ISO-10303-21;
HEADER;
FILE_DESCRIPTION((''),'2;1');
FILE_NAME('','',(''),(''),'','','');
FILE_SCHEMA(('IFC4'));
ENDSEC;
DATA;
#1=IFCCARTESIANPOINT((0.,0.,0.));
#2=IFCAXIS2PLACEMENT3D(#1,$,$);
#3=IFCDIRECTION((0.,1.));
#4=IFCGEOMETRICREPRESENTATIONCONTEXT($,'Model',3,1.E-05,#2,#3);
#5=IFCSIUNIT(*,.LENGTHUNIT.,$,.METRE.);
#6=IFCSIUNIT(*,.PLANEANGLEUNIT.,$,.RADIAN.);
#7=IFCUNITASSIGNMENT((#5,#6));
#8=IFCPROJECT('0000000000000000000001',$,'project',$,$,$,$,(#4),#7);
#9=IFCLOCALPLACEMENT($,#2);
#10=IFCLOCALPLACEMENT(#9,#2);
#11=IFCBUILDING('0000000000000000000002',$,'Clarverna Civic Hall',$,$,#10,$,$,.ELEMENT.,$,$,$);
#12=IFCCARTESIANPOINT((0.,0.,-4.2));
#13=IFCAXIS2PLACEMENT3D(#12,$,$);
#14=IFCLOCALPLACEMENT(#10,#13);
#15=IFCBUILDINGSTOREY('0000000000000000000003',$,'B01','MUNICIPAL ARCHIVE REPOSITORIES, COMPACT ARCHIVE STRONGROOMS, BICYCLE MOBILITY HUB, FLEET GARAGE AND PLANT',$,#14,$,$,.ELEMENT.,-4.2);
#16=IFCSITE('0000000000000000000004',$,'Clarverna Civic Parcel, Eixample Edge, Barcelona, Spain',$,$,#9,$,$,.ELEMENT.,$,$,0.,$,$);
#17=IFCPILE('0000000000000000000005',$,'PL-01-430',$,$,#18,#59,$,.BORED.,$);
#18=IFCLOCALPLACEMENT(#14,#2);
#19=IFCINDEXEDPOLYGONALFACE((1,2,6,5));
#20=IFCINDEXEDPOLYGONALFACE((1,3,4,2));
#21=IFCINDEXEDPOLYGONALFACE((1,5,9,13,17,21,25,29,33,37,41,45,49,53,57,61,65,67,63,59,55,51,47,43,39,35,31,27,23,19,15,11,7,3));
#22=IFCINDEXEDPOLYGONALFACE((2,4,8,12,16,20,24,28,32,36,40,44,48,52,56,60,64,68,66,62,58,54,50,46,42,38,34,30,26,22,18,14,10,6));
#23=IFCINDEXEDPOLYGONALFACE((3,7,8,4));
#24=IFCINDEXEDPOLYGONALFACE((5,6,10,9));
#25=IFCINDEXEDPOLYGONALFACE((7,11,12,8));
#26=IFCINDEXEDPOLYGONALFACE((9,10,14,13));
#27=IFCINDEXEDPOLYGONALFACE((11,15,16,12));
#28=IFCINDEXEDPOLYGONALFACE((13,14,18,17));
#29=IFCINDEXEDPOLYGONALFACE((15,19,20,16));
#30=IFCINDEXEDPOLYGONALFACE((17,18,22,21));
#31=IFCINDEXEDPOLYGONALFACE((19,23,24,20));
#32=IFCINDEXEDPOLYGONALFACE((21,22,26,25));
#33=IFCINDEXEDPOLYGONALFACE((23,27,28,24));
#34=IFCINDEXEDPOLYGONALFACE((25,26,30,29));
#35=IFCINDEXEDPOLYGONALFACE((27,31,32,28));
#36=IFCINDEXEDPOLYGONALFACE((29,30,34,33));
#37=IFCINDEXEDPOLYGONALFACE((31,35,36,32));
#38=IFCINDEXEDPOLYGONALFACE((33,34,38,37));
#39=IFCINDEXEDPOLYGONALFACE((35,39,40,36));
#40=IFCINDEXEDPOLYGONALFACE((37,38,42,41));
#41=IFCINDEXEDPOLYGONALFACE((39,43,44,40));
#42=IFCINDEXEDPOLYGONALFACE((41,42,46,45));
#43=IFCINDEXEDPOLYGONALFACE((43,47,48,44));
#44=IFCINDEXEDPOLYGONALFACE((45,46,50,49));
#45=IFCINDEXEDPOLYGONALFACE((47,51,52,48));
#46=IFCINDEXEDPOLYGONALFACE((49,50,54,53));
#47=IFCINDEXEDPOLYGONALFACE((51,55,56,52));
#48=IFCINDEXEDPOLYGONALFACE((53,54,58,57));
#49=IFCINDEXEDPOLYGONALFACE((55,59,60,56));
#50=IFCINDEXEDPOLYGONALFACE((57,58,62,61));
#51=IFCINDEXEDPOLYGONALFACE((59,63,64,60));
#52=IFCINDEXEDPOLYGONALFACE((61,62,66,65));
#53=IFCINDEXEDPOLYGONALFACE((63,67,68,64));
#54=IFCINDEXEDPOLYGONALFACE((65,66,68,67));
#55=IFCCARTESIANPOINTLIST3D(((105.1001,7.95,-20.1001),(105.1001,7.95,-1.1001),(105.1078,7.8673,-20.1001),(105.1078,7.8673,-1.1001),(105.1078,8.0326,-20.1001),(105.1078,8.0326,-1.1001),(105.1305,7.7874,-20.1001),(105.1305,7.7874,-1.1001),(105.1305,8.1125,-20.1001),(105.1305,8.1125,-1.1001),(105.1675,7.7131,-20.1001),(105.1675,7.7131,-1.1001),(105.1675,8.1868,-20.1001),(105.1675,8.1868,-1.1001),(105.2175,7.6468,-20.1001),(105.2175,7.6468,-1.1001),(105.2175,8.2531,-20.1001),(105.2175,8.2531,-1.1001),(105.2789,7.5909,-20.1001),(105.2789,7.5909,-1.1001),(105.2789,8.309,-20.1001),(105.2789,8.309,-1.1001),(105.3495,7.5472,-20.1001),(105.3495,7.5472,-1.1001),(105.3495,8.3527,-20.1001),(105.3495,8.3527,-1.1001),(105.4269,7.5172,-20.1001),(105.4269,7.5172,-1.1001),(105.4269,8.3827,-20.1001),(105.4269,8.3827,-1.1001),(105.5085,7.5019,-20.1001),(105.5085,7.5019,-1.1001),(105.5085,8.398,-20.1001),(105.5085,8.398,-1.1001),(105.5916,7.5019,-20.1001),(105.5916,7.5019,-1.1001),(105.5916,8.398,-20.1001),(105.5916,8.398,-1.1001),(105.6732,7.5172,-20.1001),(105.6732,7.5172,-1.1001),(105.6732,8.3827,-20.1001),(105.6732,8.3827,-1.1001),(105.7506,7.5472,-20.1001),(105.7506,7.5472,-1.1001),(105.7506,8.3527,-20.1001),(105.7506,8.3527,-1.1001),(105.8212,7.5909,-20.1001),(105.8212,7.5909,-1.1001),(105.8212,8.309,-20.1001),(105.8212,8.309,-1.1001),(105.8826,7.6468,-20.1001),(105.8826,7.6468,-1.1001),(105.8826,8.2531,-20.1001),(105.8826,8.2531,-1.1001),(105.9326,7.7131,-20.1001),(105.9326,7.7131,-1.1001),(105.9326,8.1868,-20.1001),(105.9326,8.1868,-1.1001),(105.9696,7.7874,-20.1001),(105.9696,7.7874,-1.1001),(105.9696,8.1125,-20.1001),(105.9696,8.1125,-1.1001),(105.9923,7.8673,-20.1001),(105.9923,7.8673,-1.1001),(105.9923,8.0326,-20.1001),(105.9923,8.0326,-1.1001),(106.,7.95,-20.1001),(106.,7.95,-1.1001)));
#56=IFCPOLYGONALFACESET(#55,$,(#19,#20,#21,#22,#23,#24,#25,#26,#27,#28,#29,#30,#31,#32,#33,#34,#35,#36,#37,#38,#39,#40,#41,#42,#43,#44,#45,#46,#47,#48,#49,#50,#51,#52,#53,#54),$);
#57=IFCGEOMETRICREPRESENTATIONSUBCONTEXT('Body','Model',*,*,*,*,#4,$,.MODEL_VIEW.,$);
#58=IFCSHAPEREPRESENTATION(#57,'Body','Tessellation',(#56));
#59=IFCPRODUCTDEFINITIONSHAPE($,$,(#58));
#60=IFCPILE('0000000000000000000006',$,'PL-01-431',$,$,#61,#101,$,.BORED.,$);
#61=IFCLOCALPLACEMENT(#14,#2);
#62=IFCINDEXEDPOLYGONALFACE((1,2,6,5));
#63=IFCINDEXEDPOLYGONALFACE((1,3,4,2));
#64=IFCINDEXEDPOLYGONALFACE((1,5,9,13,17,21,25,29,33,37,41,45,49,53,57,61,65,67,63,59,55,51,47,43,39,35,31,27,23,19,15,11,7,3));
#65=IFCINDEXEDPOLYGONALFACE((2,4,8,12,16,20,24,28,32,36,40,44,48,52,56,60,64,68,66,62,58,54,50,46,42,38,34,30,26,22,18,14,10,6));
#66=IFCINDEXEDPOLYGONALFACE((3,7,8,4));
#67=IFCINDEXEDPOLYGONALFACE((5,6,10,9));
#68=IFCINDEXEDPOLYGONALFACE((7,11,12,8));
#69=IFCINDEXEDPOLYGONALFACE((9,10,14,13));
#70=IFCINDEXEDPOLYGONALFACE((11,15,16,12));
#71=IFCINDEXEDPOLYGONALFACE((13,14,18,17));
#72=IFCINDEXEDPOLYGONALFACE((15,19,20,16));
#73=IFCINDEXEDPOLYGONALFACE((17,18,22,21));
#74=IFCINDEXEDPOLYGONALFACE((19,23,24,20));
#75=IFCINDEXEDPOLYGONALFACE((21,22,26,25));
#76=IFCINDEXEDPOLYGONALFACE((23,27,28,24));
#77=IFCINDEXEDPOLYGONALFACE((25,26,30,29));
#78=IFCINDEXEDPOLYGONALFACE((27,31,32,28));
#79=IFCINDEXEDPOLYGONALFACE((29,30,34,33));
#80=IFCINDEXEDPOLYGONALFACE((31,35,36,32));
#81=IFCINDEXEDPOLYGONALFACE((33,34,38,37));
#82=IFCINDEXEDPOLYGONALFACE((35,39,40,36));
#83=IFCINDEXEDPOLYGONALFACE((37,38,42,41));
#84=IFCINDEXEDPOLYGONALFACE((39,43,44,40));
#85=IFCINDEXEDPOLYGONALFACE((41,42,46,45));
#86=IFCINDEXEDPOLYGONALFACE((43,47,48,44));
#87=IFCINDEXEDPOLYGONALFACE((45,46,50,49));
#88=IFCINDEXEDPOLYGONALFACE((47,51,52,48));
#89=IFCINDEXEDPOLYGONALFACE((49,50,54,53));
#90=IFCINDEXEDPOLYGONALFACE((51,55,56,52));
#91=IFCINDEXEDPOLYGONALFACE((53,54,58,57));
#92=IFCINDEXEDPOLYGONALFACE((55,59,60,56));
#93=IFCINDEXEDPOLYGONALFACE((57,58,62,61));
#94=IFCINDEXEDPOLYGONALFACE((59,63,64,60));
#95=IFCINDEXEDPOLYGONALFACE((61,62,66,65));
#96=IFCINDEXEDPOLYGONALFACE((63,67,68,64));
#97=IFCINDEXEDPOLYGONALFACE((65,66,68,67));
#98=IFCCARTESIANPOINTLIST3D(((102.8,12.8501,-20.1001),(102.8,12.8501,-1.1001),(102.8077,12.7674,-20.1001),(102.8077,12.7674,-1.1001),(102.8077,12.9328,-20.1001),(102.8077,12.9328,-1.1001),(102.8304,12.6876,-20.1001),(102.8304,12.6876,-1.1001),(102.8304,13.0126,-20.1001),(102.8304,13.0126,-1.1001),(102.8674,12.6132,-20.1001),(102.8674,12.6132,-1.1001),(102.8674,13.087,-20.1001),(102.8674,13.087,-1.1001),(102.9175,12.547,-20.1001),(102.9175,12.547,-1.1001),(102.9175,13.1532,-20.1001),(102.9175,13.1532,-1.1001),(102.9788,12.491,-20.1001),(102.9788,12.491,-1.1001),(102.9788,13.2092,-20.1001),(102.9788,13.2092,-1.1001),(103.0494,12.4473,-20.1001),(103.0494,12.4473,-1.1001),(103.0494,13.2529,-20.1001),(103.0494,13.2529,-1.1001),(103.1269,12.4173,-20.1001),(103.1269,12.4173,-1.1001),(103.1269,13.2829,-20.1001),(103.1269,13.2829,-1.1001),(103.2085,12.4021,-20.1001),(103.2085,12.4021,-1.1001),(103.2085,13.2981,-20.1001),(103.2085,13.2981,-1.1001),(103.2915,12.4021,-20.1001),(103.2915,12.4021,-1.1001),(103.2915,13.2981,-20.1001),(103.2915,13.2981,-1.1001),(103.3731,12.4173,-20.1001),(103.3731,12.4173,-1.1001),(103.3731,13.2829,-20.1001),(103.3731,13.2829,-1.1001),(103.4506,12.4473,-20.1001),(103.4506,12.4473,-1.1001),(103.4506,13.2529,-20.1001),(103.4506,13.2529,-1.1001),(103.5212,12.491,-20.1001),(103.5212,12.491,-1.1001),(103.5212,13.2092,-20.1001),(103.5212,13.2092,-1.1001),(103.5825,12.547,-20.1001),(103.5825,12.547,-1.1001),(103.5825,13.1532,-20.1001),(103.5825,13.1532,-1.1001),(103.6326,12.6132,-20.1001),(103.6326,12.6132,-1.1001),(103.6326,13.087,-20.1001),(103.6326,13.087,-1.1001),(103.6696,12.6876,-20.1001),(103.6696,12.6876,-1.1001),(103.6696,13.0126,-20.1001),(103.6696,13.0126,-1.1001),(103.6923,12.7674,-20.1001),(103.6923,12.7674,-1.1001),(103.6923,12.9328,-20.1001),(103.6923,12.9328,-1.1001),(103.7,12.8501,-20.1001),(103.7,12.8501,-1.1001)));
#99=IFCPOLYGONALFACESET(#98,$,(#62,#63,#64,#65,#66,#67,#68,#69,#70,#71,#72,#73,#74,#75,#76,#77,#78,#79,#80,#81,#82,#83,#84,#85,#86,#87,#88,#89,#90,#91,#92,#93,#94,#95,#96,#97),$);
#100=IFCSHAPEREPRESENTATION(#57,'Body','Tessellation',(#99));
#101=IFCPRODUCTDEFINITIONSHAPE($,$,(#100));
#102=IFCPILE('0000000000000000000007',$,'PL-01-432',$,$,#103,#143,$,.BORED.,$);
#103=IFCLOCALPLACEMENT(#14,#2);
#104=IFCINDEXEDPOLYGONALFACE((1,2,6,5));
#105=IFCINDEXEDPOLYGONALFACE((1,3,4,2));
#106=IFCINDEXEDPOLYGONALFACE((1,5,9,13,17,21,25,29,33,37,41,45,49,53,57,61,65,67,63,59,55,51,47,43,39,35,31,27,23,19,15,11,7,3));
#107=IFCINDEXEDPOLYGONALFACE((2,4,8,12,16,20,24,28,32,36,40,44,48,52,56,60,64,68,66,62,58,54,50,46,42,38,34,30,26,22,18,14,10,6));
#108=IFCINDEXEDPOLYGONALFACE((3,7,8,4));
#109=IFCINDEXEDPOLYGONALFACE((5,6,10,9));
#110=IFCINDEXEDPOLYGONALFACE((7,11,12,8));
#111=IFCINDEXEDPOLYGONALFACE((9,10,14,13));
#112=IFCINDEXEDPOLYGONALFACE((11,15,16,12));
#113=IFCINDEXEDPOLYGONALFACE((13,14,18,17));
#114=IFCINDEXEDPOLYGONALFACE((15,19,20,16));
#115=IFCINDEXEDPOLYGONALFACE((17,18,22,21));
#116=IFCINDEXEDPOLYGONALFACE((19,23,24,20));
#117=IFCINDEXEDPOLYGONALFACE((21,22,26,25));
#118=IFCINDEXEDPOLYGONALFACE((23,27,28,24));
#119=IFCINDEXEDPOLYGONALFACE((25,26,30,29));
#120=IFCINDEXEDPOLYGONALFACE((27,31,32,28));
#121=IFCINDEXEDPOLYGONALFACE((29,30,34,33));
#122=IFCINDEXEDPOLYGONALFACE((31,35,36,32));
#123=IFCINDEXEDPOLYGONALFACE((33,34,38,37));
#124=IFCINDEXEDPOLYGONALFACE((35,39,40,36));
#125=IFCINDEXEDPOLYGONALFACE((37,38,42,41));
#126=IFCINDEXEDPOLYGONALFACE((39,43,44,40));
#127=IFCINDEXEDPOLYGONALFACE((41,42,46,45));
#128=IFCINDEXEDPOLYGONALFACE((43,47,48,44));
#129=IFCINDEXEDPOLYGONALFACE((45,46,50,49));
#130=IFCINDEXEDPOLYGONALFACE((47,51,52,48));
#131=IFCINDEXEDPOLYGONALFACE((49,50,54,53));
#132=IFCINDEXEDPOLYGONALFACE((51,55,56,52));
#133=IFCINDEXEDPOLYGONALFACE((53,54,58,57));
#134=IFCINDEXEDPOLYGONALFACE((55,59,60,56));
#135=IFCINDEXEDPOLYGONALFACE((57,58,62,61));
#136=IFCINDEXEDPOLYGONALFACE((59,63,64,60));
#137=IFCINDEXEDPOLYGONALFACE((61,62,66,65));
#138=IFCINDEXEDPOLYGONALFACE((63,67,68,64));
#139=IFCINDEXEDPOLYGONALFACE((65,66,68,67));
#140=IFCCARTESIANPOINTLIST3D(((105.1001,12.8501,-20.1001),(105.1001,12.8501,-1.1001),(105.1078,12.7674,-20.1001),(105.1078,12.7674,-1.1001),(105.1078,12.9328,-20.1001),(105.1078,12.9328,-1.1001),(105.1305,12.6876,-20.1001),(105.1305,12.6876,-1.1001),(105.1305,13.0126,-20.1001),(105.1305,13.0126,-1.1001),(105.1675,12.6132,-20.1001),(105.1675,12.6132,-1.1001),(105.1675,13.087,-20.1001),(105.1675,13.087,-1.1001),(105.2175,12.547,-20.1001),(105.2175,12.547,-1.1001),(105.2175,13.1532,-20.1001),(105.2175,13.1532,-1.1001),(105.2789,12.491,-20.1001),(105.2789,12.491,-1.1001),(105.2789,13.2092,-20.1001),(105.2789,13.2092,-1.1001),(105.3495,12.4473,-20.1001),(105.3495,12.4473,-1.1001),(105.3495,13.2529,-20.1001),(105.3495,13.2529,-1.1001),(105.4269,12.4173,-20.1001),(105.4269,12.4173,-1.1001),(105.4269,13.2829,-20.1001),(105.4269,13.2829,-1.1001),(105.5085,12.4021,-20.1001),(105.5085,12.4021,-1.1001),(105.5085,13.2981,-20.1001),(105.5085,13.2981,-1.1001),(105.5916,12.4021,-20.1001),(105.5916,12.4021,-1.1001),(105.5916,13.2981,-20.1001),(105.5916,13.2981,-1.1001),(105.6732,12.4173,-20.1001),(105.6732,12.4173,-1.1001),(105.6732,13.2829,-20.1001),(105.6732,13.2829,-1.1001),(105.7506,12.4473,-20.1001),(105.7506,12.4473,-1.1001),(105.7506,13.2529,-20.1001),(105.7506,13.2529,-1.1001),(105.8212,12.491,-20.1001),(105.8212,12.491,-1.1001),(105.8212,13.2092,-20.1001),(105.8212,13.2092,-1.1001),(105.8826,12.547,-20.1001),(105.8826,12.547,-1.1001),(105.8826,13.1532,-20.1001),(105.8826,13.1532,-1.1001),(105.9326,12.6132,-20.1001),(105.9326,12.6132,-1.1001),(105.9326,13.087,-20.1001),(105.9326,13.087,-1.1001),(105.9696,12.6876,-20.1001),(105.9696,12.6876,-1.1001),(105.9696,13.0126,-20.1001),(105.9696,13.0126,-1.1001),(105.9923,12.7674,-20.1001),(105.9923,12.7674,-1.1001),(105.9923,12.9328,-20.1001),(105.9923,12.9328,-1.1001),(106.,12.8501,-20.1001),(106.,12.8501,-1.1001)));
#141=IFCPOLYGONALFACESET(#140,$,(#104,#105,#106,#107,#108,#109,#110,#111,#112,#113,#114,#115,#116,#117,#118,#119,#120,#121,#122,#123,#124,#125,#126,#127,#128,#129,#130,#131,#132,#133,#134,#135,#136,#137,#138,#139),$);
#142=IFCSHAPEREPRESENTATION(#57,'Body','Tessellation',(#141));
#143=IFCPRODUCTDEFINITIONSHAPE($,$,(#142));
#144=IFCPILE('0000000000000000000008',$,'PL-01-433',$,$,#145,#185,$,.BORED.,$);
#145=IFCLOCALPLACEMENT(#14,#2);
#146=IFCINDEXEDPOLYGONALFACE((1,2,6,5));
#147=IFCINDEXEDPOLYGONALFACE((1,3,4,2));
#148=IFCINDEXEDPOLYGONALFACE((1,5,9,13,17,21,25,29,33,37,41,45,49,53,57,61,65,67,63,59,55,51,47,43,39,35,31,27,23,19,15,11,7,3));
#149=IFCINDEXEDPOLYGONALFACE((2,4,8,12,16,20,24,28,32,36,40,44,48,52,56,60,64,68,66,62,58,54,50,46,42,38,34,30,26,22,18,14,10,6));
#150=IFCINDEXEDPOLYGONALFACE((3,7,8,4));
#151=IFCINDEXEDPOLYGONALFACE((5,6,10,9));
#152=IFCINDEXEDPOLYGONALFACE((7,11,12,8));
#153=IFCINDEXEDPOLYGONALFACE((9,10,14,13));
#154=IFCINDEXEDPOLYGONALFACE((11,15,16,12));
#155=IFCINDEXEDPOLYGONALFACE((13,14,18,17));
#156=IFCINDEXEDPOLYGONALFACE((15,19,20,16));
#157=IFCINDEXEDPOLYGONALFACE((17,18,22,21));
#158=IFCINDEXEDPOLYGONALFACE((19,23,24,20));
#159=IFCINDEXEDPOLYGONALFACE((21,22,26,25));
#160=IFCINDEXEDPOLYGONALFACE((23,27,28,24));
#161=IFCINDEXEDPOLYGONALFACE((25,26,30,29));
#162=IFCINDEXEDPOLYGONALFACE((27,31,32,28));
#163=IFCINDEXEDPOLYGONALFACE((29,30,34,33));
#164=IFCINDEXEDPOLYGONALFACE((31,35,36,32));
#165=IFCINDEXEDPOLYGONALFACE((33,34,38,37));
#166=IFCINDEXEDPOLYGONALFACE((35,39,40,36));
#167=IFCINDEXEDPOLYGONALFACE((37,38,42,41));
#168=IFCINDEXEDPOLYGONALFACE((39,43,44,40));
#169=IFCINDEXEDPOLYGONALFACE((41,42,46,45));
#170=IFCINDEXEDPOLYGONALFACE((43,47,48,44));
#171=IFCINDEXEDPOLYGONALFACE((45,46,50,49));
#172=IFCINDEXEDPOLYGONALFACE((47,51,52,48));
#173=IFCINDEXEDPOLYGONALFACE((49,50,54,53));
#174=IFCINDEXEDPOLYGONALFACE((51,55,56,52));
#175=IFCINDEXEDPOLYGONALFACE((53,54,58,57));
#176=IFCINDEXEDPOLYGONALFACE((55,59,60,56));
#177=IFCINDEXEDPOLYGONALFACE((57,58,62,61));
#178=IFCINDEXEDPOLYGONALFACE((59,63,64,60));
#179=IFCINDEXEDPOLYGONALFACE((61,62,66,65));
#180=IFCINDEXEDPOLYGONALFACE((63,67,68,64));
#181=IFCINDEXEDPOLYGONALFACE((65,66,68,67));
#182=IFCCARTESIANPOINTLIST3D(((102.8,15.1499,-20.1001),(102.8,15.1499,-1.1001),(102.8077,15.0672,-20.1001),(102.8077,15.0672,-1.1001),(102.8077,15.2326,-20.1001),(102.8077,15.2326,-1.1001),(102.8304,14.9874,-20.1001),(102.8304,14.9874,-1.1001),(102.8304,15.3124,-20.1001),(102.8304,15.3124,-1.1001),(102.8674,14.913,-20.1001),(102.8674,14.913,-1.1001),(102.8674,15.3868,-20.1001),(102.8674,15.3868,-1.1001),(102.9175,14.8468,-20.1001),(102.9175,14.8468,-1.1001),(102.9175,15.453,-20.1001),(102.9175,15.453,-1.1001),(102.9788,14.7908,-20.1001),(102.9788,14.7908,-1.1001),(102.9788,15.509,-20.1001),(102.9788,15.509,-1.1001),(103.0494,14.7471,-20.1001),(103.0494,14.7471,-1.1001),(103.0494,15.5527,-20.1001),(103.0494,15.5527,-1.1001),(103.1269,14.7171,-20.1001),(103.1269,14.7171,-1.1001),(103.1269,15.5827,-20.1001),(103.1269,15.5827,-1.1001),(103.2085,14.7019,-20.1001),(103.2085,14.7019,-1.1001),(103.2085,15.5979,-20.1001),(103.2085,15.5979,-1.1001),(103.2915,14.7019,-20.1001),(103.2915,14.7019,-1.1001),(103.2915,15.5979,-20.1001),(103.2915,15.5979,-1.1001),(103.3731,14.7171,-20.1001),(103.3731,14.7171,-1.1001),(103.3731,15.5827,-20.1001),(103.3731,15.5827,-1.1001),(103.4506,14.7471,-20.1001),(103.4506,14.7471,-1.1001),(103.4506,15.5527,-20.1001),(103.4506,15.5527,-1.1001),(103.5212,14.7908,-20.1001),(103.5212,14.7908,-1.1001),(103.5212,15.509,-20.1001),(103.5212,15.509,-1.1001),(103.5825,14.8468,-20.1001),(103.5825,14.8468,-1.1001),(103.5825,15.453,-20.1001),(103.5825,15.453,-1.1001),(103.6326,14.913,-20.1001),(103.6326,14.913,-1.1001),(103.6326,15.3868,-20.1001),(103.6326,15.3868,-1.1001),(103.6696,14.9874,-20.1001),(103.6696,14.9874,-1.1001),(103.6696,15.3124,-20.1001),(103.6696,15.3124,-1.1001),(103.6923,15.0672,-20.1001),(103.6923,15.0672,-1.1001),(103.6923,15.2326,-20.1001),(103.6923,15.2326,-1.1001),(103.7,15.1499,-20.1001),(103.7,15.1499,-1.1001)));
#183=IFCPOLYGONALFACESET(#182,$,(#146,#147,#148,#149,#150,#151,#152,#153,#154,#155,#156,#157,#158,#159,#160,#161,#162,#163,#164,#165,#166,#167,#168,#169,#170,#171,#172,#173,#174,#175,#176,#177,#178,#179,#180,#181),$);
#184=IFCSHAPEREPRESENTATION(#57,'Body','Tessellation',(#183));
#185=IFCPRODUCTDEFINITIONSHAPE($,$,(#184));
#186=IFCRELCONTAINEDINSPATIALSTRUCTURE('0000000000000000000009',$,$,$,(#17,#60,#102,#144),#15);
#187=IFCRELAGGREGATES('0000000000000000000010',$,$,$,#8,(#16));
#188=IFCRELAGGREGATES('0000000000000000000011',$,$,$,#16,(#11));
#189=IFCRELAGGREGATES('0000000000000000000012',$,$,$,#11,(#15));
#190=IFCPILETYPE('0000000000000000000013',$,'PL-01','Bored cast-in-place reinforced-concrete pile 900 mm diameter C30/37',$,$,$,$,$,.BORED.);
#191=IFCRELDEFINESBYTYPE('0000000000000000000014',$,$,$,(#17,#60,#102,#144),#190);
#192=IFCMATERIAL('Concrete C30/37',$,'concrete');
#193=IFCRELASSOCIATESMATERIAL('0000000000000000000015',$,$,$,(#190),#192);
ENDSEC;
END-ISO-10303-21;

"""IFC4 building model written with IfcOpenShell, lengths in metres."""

from ifc_helpers import new_model, si_unit, direction, frame, origin, origin_2d, place, context, subcontext, project, spatial, circle, extrude, material, material_profile, profile_set, type_object, element, save


model = new_model("IFC4")

# Units and contexts
model_context = context("Model", 3, precision=1e-05, world=origin(), true_north=direction((0.0, 1.0)))
body_context = subcontext(model_context, "Body", "Model", "MODEL_VIEW")
ifc_project = project(units=[si_unit("LENGTHUNIT", "METRE"), si_unit("PLANEANGLEUNIT", "RADIAN")], contexts=[model_context])

# Site, building, storey
site_placement = place(None, origin())
site = spatial("IfcSite", under=ifc_project, at=site_placement, Name="Clarverna Civic Parcel, Eixample Edge, Barcelona, Spain", CompositionType="ELEMENT", RefElevation=0.0)
building_placement = place(site_placement, origin())
building = spatial("IfcBuilding", under=site, at=building_placement, Name="Clarverna Civic Hall", CompositionType="ELEMENT")
storey_placement = place(building_placement, frame((0.0, 0.0, -4.2)))
storey = spatial("IfcBuildingStorey", under=building, at=storey_placement, Name="B01", Description="MUNICIPAL ARCHIVE REPOSITORIES, COMPACT ARCHIVE STRONGROOMS, BICYCLE MOBILITY HUB, FLEET GARAGE AND PLANT", CompositionType="ELEMENT", Elevation=-4.2)

# Shared definitions
ifc_material_1 = material(Name="Concrete C30/37", Category="concrete")

# Piles
ifc_material_profile_1 = material_profile(ifc_material_1, circle(Radius=0.45, at=origin_2d()), Name="BORED PILE D900")
ifc_profile_set_1 = profile_set([ifc_material_profile_1], Name="Concrete C30/37")
pile_type = type_object("IfcPileType", Name="PL-01", Description="Bored cast-in-place reinforced-concrete pile 900 mm diameter C30/37", PredefinedType="BORED", material=ifc_profile_set_1)
for number, where, z_axis, x_axis, name in (
    (1, (105.55, 7.95, -1.1001), (0.0, 0.0, -1.0), (1.0, 0.0, 0.0), "PL-01-430"),
    (2, (103.25, 12.8501, -1.1001), (0.0, 0.0, -1.0), (1.0, 0.0, 0.0), "PL-01-431"),
    (3, (105.55, 12.8501, -1.1001), (0.0, 0.0, -1.0), (1.0, 0.0, 0.0), "PL-01-432"),
    (4, (103.25, 15.1499, -1.1001), (0.0, 0.0, -1.0), (1.0, 0.0, 0.0), "PL-01-433"),
):
    element("IfcPile", number, at=place(storey_placement, frame(where, z_axis=z_axis, x_axis=x_axis)), inside=storey, type_object=pile_type, Name=name, PredefinedType="BORED", context=body_context, shape_type="SweptSolid", body=[
        extrude(circle(Radius=0.45, at=origin_2d()), origin(), (0.0, 0.0, 1.0), 19.0),
    ])

save(model, "model.ifc")
